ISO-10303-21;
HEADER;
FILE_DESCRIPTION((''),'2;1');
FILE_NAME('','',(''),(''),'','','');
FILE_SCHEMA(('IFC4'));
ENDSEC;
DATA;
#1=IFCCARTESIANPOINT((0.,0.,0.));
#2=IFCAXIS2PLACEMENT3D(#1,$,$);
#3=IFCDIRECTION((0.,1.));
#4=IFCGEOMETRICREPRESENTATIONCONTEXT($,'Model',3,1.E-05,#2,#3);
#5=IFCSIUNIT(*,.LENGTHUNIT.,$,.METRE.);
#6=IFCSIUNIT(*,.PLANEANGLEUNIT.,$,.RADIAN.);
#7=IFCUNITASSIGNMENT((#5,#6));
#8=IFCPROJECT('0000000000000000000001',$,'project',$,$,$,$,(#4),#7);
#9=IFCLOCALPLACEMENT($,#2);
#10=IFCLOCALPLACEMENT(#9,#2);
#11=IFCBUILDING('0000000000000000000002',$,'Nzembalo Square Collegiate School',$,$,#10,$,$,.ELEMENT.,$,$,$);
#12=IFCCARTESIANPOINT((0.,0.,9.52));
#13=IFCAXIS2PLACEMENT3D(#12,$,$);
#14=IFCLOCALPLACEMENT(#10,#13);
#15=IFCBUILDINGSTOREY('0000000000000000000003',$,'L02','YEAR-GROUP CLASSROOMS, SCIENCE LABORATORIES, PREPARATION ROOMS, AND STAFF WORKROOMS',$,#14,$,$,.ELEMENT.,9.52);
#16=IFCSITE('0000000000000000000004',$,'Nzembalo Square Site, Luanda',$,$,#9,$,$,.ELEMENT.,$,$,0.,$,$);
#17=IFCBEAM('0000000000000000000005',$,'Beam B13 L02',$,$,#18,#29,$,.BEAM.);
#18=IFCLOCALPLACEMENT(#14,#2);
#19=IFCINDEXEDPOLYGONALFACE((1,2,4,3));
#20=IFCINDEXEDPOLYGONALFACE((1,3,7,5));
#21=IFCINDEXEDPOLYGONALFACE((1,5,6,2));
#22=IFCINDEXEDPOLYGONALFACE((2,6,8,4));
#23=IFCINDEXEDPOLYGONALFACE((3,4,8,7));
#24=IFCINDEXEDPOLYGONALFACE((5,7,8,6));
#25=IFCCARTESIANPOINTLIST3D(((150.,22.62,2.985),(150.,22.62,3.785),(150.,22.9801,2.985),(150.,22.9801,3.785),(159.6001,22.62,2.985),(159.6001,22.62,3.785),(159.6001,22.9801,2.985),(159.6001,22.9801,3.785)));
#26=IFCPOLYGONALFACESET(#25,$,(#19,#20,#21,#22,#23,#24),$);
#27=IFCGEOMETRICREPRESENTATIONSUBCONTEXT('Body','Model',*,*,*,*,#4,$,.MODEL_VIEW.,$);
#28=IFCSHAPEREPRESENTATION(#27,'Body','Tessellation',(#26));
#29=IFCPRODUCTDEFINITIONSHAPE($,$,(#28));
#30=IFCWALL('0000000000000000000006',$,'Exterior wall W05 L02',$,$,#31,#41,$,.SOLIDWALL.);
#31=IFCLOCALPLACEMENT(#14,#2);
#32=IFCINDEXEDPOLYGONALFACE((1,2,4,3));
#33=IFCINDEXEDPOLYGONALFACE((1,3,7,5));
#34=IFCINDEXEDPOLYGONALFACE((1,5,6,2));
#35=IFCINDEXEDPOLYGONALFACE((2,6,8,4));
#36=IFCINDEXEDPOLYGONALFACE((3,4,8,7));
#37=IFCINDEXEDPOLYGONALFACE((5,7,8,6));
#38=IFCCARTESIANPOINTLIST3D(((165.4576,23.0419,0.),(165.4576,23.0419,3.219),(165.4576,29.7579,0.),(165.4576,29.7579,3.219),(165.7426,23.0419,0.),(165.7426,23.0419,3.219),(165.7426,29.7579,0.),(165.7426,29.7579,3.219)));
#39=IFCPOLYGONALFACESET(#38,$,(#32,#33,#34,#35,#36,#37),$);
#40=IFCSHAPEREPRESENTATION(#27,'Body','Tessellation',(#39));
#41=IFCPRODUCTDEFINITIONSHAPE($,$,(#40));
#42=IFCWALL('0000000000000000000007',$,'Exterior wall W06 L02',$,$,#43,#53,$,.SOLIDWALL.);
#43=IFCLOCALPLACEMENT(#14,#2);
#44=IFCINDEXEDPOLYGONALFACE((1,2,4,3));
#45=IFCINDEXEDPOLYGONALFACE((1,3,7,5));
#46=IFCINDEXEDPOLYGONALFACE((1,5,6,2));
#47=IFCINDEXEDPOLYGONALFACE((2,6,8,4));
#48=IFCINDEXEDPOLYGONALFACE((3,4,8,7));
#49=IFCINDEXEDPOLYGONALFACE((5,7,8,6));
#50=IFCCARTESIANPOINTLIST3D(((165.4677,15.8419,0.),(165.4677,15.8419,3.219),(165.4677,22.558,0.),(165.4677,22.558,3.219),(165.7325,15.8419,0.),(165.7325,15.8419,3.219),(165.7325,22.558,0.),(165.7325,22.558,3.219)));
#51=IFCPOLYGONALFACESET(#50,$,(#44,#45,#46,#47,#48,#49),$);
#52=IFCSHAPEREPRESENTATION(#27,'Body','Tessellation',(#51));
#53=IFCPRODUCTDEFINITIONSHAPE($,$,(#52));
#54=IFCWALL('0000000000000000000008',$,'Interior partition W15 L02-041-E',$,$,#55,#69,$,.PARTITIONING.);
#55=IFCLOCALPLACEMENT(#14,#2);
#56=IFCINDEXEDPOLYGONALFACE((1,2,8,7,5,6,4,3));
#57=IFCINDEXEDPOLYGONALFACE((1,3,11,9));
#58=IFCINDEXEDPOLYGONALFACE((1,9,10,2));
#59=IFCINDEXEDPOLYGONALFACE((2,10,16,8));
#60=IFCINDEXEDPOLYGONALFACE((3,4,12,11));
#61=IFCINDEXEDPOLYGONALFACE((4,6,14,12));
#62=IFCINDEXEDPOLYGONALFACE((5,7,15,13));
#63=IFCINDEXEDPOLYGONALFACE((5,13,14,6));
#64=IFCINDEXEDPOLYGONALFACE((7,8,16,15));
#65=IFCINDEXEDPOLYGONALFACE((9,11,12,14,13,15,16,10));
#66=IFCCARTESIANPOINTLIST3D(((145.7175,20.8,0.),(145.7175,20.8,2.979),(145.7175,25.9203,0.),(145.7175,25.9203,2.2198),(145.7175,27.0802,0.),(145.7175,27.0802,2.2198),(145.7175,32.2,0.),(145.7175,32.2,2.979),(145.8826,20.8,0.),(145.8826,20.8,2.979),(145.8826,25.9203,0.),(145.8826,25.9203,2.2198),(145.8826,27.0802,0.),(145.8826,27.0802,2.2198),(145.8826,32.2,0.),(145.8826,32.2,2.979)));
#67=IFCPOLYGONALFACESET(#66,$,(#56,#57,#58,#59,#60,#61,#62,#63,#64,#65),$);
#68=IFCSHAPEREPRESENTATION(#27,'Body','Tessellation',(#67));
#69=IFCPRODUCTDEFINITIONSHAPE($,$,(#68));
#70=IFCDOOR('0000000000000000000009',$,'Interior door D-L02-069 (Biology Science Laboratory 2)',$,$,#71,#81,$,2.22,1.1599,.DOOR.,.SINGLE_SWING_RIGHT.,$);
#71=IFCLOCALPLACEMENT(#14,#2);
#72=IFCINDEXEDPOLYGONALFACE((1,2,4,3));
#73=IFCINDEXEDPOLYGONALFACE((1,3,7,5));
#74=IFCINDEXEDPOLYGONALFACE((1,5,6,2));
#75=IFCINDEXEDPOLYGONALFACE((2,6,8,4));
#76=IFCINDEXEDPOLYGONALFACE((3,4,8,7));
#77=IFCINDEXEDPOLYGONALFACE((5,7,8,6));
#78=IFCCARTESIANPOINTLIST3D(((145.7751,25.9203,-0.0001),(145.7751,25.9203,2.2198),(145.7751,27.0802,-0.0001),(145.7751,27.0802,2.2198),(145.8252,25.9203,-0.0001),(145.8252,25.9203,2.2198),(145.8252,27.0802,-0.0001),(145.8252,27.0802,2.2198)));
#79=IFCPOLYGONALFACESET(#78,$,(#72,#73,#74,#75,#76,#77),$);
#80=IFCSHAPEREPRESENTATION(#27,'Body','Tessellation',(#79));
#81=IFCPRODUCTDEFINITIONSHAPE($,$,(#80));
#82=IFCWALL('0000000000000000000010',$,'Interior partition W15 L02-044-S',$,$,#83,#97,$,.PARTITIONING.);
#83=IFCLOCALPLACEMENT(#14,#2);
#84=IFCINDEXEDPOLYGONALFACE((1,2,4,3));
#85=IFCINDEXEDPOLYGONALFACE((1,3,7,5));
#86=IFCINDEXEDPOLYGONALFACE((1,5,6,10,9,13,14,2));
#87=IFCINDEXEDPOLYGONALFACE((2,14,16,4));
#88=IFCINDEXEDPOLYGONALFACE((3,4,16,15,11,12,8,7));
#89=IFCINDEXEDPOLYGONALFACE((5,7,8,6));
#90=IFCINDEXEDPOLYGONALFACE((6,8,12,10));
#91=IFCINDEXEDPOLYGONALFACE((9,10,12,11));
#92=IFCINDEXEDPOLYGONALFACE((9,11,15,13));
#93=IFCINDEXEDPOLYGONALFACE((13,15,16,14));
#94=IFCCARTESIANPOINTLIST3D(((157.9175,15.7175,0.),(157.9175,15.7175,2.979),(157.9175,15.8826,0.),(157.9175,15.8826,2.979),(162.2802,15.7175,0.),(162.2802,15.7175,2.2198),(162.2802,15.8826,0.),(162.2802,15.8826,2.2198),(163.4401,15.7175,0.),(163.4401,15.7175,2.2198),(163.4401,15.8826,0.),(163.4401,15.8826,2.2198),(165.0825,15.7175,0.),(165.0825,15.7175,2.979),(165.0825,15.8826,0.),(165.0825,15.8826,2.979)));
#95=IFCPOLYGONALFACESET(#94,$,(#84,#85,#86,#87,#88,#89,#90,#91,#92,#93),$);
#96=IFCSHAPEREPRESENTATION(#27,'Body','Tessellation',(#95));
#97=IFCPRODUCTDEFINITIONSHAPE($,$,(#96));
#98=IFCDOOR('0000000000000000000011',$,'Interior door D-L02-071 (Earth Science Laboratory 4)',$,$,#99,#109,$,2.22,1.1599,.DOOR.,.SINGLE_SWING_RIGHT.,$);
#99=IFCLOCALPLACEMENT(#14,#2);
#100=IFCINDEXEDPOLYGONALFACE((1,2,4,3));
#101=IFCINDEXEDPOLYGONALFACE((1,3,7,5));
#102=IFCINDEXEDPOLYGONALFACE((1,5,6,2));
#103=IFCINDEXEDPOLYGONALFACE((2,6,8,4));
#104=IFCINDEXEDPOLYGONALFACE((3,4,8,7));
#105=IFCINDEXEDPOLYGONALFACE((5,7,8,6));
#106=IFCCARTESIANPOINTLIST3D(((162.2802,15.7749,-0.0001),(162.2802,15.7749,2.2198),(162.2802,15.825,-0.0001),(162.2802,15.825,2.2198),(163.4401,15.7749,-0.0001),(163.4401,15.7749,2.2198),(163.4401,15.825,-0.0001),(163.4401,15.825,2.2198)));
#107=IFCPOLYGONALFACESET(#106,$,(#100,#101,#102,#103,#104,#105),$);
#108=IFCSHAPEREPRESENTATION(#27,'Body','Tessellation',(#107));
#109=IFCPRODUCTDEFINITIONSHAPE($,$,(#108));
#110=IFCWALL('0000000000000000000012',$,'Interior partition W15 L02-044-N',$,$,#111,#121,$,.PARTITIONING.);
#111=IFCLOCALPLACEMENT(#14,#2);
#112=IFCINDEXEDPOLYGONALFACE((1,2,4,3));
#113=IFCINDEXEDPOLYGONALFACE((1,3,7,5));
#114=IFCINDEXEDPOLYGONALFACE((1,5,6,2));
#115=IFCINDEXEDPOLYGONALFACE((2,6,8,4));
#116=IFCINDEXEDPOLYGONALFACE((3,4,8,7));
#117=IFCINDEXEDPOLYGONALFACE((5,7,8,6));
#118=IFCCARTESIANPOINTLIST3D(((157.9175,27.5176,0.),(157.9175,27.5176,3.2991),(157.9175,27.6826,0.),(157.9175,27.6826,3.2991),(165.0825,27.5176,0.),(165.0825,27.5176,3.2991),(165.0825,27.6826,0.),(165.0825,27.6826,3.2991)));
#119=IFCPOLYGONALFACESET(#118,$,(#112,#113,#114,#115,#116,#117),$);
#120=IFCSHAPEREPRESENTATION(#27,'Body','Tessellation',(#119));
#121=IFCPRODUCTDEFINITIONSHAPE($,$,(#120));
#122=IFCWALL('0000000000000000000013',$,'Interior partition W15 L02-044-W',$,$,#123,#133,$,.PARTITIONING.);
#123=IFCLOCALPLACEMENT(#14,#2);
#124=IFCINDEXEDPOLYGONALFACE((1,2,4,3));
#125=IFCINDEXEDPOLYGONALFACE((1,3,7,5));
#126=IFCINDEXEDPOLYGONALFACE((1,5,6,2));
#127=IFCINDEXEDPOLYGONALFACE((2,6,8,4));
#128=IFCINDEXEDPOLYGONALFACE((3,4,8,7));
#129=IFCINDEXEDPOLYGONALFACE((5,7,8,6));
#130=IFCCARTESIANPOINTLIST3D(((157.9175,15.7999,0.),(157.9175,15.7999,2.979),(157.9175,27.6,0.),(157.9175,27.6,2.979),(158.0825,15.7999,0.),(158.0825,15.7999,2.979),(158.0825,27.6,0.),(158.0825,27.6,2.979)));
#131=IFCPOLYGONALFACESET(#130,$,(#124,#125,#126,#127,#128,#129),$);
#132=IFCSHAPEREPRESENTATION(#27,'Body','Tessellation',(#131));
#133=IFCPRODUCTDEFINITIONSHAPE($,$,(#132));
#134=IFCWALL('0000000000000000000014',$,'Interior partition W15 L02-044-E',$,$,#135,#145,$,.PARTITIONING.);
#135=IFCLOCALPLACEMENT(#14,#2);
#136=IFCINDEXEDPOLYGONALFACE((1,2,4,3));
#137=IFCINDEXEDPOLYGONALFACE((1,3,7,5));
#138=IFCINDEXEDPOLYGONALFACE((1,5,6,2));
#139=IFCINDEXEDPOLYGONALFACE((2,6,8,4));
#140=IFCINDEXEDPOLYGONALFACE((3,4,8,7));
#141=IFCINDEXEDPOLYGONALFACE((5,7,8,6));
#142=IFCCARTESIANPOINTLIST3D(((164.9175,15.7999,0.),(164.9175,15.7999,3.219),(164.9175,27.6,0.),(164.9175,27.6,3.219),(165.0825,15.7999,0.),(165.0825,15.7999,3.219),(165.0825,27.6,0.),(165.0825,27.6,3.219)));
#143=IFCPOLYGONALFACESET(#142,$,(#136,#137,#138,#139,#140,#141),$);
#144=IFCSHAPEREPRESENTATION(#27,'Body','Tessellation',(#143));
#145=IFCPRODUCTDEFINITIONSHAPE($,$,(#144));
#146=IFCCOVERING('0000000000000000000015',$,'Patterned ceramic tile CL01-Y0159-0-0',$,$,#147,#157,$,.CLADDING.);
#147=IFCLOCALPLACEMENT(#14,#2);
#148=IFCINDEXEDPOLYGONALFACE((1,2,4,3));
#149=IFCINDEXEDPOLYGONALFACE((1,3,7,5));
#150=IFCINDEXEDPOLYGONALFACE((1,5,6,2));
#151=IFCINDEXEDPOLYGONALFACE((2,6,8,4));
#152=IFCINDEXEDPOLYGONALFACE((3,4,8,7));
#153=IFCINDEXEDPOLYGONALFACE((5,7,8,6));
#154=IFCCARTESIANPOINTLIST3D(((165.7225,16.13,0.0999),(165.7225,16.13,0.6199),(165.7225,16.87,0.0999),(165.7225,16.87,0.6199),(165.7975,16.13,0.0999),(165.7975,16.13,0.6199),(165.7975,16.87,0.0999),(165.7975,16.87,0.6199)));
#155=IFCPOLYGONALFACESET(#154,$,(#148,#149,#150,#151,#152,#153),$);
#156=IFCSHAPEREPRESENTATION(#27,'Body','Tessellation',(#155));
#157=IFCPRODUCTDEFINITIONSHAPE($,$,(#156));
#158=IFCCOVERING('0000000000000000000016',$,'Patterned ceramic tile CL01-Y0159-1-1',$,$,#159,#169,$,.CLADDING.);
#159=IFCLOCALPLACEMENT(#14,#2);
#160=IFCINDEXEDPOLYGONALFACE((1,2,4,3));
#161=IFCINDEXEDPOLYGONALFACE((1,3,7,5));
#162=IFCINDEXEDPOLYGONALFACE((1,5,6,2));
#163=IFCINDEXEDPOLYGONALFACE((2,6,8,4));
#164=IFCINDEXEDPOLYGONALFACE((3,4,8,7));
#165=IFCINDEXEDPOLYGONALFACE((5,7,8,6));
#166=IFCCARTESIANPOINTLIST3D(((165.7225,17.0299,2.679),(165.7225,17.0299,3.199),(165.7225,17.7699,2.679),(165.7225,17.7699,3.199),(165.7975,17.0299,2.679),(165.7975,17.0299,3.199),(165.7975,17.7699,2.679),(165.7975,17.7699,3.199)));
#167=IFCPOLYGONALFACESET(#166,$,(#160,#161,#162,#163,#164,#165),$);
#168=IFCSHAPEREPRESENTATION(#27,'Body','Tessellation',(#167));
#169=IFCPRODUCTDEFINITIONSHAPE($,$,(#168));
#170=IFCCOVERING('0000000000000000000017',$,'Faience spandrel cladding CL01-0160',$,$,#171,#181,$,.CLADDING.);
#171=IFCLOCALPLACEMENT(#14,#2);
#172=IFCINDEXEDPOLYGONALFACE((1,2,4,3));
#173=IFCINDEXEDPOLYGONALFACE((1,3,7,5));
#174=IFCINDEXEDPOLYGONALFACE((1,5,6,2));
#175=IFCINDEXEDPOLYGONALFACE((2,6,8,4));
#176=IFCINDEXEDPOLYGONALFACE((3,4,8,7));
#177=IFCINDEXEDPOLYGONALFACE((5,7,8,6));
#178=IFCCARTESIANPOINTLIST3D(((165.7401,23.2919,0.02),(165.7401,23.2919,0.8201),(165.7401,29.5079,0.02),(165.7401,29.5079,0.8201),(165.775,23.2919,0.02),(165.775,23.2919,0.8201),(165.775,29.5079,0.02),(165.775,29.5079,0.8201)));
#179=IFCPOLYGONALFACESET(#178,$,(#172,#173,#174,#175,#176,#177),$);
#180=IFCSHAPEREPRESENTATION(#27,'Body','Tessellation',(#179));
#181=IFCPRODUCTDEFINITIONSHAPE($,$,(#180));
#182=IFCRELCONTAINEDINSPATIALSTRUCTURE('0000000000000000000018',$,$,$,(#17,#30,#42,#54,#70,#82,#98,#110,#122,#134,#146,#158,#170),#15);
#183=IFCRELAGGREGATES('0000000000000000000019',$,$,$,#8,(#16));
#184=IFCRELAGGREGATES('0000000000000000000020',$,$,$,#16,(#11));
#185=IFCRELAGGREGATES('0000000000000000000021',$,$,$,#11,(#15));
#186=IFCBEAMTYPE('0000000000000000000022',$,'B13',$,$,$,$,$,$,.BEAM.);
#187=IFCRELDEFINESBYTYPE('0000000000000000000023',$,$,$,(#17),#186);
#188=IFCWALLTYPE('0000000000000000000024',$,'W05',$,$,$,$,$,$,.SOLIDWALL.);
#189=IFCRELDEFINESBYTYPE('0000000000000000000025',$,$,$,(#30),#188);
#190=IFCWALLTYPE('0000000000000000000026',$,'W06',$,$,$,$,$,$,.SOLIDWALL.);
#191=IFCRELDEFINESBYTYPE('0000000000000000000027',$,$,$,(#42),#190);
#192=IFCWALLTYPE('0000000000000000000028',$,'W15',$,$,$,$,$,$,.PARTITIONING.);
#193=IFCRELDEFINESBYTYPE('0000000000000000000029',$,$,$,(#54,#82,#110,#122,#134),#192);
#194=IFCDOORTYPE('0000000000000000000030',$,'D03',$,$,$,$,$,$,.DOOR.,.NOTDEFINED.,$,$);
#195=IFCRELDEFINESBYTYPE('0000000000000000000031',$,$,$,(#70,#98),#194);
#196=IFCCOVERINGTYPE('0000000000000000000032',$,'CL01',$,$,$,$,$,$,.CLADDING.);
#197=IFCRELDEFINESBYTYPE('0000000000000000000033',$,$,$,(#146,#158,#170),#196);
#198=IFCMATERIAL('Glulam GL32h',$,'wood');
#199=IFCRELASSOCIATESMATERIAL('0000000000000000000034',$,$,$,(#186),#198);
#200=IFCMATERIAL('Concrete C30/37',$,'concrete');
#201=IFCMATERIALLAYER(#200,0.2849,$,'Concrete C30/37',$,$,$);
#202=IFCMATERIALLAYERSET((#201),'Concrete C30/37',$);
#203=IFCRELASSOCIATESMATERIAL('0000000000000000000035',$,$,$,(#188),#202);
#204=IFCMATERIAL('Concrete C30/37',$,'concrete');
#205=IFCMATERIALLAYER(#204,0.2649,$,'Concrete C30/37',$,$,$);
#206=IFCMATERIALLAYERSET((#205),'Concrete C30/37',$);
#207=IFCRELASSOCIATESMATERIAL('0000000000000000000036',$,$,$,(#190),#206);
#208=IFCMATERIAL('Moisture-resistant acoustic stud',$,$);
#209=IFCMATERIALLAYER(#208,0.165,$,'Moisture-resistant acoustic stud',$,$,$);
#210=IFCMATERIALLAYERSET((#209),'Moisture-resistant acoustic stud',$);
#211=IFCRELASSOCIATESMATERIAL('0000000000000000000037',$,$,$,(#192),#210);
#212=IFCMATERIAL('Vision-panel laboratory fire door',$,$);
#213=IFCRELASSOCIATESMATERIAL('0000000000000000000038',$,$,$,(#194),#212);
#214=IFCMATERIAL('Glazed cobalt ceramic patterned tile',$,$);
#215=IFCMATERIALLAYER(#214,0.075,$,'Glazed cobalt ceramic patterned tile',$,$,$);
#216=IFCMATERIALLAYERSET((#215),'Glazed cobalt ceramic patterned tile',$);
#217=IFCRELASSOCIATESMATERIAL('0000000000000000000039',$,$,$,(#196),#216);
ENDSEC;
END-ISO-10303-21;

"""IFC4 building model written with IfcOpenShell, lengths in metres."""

from ifc_helpers import new_model, si_unit, direction, frame, frame_2d, origin, origin_2d, place, context, subcontext, project, spatial, rectangle, extrude, material, layer, layer_set, material_profile, profile_set, type_object, element, fill, save


model = new_model("IFC4")

# Units and contexts
model_context = context("Model", 3, precision=1e-05, world=origin(), true_north=direction((0.0, 1.0)))
body_context = subcontext(model_context, "Body", "Model", "MODEL_VIEW")
ifc_project = project(units=[si_unit("LENGTHUNIT", "METRE"), si_unit("PLANEANGLEUNIT", "RADIAN")], contexts=[model_context])

# Site, building, storey
site_placement = place(None, origin())
site = spatial("IfcSite", under=ifc_project, at=site_placement, Name="Nzembalo Square Site, Luanda", CompositionType="ELEMENT", RefElevation=0.0)
building_placement = place(site_placement, origin())
building = spatial("IfcBuilding", under=site, at=building_placement, Name="Nzembalo Square Collegiate School", CompositionType="ELEMENT")
storey_placement = place(building_placement, frame((0.0, 0.0, 9.52)))
storey = spatial("IfcBuildingStorey", under=building, at=storey_placement, Name="L02", Description="YEAR-GROUP CLASSROOMS, SCIENCE LABORATORIES, PREPARATION ROOMS, AND STAFF WORKROOMS", CompositionType="ELEMENT", Elevation=9.52)

# Beam
ifc_material_1 = material(Name="Glulam GL32h", Category="wood")
ifc_material_profile_1 = material_profile(ifc_material_1, rectangle(XDim=0.3601, YDim=0.8, at=origin_2d()), Name="GL32h 360x800")
ifc_profile_set_1 = profile_set([ifc_material_profile_1], Name="Glulam GL32h")
beam_type_1 = type_object("IfcBeamType", Name="B13", PredefinedType="BEAM", material=ifc_profile_set_1)
for number, where, z_axis, x_axis, name in (
    (1, (150.0, 22.8, 3.385), (1.0, 0.0, 0.0), (0.0, 1.0, 0.0), "Beam B13 L02"),
):
    element("IfcBeam", number, at=place(storey_placement, frame(where, z_axis=z_axis, x_axis=x_axis)), inside=storey, type_object=beam_type_1, Name=name, PredefinedType="BEAM", context=body_context, shape_type="SweptSolid", body=[
        extrude(rectangle(XDim=0.3601, YDim=0.8, at=origin_2d()), origin(), (0.0, 0.0, 1.0), 9.6001),
    ])

# Walls
ifc_material_2 = material(Name="Concrete C30/37", Category="concrete")
ifc_layer_1 = layer(ifc_material_2, 0.2849, Name="Concrete C30/37")
ifc_layer_set_1 = layer_set([ifc_layer_1], Name="Concrete C30/37")
wall_type_1 = type_object("IfcWallType", Name="W05", PredefinedType="SOLIDWALL", material=ifc_layer_set_1)
wall_1_placement = place(storey_placement, frame((165.6001, 23.042, 0.0), z_axis=(0.0, 0.0, 1.0), x_axis=(0.0, 1.0, 0.0)))
element("IfcWall", 2, at=wall_1_placement, inside=storey, type_object=wall_type_1, Name="Exterior wall W05 L02", PredefinedType="SOLIDWALL", context=body_context, shape_type="SweptSolid", body=[
    extrude(rectangle(XDim=6.7161, YDim=0.2849, at=frame_2d((3.3579, 0.0))), origin(), (0.0, 0.0, 1.0), 3.219),
])
ifc_material_3 = material(Name="Concrete C30/37", Category="concrete")
ifc_layer_2 = layer(ifc_material_3, 0.2649, Name="Concrete C30/37")
ifc_layer_set_2 = layer_set([ifc_layer_2], Name="Concrete C30/37")
wall_type_2 = type_object("IfcWallType", Name="W06", PredefinedType="SOLIDWALL", material=ifc_layer_set_2)
wall_2_placement = place(storey_placement, frame((165.6001, 15.842, 0.0), z_axis=(0.0, 0.0, 1.0), x_axis=(0.0, 1.0, 0.0)))
element("IfcWall", 3, at=wall_2_placement, inside=storey, type_object=wall_type_2, Name="Exterior wall W06 L02", PredefinedType="SOLIDWALL", context=body_context, shape_type="SweptSolid", body=[
    extrude(rectangle(XDim=6.7161, YDim=0.2649, at=frame_2d((3.3579, 0.0))), origin(), (0.0, 0.0, 1.0), 3.219),
])

# Walls, openings, doors
ifc_material_4 = material(Name="Moisture-resistant acoustic stud")
ifc_layer_3 = layer(ifc_material_4, 0.165, Name="Moisture-resistant acoustic stud")
ifc_layer_set_3 = layer_set([ifc_layer_3], Name="Moisture-resistant acoustic stud")
wall_type_3 = type_object("IfcWallType", Name="W15", PredefinedType="PARTITIONING", material=ifc_layer_set_3)
wall_3_placement = place(storey_placement, frame((145.8, 20.8, 0.0), z_axis=(0.0, 0.0, 1.0), x_axis=(0.0, 1.0, 0.0)))
wall_3 = element("IfcWall", 4, at=wall_3_placement, inside=storey, type_object=wall_type_3, Name="Interior partition W15 L02-041-E", PredefinedType="PARTITIONING", context=body_context, shape_type="SweptSolid", body=[
    extrude(rectangle(XDim=11.3999, YDim=0.165, at=frame_2d((5.7, 0.0))), origin(), (0.0, 0.0, 1.0), 2.979),
])
opening_1_placement = place(wall_3_placement, frame((5.1201, 0.0, 0.0)))
opening_1 = element("IfcOpeningElement", 5, at=opening_1_placement, cuts=wall_3, PredefinedType="OPENING", context=body_context, shape_type="SweptSolid", body=[
    extrude(rectangle(XDim=1.1599, YDim=2.22, at=frame_2d((0.5801, 1.1099))), frame((0.0, 0.0925, 0.0), z_axis=(0.0, -1.0, 0.0), x_axis=(1.0, 0.0, 0.0)), (0.0, 0.0, 1.0), 0.1851),
])
ifc_material_5 = material(Name="Vision-panel laboratory fire door")
door_type = type_object("IfcDoorType", Name="D03", OperationType="NOTDEFINED", PredefinedType="DOOR", material=ifc_material_5)
door_1_placement = place(opening_1_placement, origin())
door_1 = element("IfcDoor", 6, at=door_1_placement, inside=storey, type_object=door_type, Name="Interior door D-L02-069 (Biology Science Laboratory 2)", OperationType="SINGLE_SWING_RIGHT", OverallHeight=2.22, OverallWidth=1.1599, PredefinedType="DOOR", context=body_context, shape_type="SweptSolid", body=[
    extrude(rectangle(XDim=1.1599, YDim=2.22, at=frame_2d((0.5801, 1.1099))), frame((0.0, 0.0249, 0.0), z_axis=(0.0, -1.0, 0.0), x_axis=(1.0, 0.0, 0.0)), (0.0, 0.0, 1.0), 0.05),
])
fill(opening_1, door_1)
wall_4_placement = place(storey_placement, frame((157.9175, 15.8, 0.0), z_axis=(0.0, 0.0, 1.0), x_axis=(1.0, 0.0, 0.0)))
wall_4 = element("IfcWall", 7, at=wall_4_placement, inside=storey, type_object=wall_type_3, Name="Interior partition W15 L02-044-S", PredefinedType="PARTITIONING", context=body_context, shape_type="SweptSolid", body=[
    extrude(rectangle(XDim=7.165, YDim=0.165, at=frame_2d((3.5825, 0.0))), origin(), (0.0, 0.0, 1.0), 2.979),
])
opening_2_placement = place(wall_4_placement, frame((4.3625, 0.0, 0.0)))
opening_2 = element("IfcOpeningElement", 8, at=opening_2_placement, cuts=wall_4, PredefinedType="OPENING", context=body_context, shape_type="SweptSolid", body=[
    extrude(rectangle(XDim=1.1599, YDim=2.22, at=frame_2d((0.5801, 1.1099))), frame((0.0, 0.0925, 0.0), z_axis=(0.0, -1.0, 0.0), x_axis=(1.0, 0.0, 0.0)), (0.0, 0.0, 1.0), 0.1851),
])
door_2_placement = place(opening_2_placement, origin())
door_2 = element("IfcDoor", 9, at=door_2_placement, inside=storey, type_object=door_type, Name="Interior door D-L02-071 (Earth Science Laboratory 4)", OperationType="SINGLE_SWING_RIGHT", OverallHeight=2.22, OverallWidth=1.1599, PredefinedType="DOOR", context=body_context, shape_type="SweptSolid", body=[
    extrude(rectangle(XDim=1.1599, YDim=2.22, at=frame_2d((0.5801, 1.1099))), frame((0.0, 0.0249, 0.0), z_axis=(0.0, -1.0, 0.0), x_axis=(1.0, 0.0, 0.0)), (0.0, 0.0, 1.0), 0.05),
])
fill(opening_2, door_2)

# Walls
wall_5_placement = place(storey_placement, frame((157.9175, 27.6001, 0.0), z_axis=(0.0, 0.0, 1.0), x_axis=(1.0, 0.0, 0.0)))
element("IfcWall", 10, at=wall_5_placement, inside=storey, type_object=wall_type_3, Name="Interior partition W15 L02-044-N", PredefinedType="PARTITIONING", context=body_context, shape_type="SweptSolid", body=[
    extrude(rectangle(XDim=7.165, YDim=0.165, at=frame_2d((3.5825, 0.0))), origin(), (0.0, 0.0, 1.0), 3.2991),
])
wall_6_placement = place(storey_placement, frame((158.0, 15.8, 0.0), z_axis=(0.0, 0.0, 1.0), x_axis=(0.0, 1.0, 0.0)))
element("IfcWall", 11, at=wall_6_placement, inside=storey, type_object=wall_type_3, Name="Interior partition W15 L02-044-W", PredefinedType="PARTITIONING", context=body_context, shape_type="SweptSolid", body=[
    extrude(rectangle(XDim=11.8, YDim=0.165, at=frame_2d((5.8999, 0.0))), origin(), (0.0, 0.0, 1.0), 2.979),
])
wall_7_placement = place(storey_placement, frame((165.0, 15.8, 0.0), z_axis=(0.0, 0.0, 1.0), x_axis=(0.0, 1.0, 0.0)))
element("IfcWall", 12, at=wall_7_placement, inside=storey, type_object=wall_type_3, Name="Interior partition W15 L02-044-E", PredefinedType="PARTITIONING", context=body_context, shape_type="SweptSolid", body=[
    extrude(rectangle(XDim=11.8, YDim=0.165, at=frame_2d((5.8999, 0.0))), origin(), (0.0, 0.0, 1.0), 3.219),
])

# Coverings
ifc_material_6 = material(Name="Glazed cobalt ceramic patterned tile")
ifc_layer_4 = layer(ifc_material_6, 0.075, Name="Glazed cobalt ceramic patterned tile")
ifc_layer_set_4 = layer_set([ifc_layer_4], Name="Glazed cobalt ceramic patterned tile")
covering_type = type_object("IfcCoveringType", Name="CL01", PredefinedType="CLADDING", material=ifc_layer_set_4)
for number, where, z_axis, x_axis, name in (
    (13, (165.76, 16.5, 0.0999), (0.0, 0.0, 1.0), (1.0, 0.0, 0.0), "Patterned ceramic tile CL01-Y0159-0-0"),
    (14, (165.76, 17.3999, 2.679), (0.0, 0.0, 1.0), (1.0, 0.0, 0.0), "Patterned ceramic tile CL01-Y0159-1-1"),
):
    element("IfcCovering", number, at=place(storey_placement, frame(where, z_axis=z_axis, x_axis=x_axis)), inside=storey, type_object=covering_type, Name=name, PredefinedType="CLADDING", context=body_context, shape_type="SweptSolid", body=[
        extrude(rectangle(XDim=0.075, YDim=0.74, at=origin_2d()), origin(), (0.0, 0.0, 1.0), 0.52),
    ])
covering_placement = place(storey_placement, frame((165.7576, 26.3999, 0.02), z_axis=(0.0, 0.0, 1.0), x_axis=(1.0, 0.0, 0.0)))
element("IfcCovering", 15, at=covering_placement, inside=storey, type_object=covering_type, Name="Faience spandrel cladding CL01-0160", PredefinedType="CLADDING", context=body_context, shape_type="SweptSolid", body=[
    extrude(rectangle(XDim=0.0349, YDim=6.2161, at=origin_2d()), origin(), (0.0, 0.0, 1.0), 0.8),
])

save(model, "model.ifc")
